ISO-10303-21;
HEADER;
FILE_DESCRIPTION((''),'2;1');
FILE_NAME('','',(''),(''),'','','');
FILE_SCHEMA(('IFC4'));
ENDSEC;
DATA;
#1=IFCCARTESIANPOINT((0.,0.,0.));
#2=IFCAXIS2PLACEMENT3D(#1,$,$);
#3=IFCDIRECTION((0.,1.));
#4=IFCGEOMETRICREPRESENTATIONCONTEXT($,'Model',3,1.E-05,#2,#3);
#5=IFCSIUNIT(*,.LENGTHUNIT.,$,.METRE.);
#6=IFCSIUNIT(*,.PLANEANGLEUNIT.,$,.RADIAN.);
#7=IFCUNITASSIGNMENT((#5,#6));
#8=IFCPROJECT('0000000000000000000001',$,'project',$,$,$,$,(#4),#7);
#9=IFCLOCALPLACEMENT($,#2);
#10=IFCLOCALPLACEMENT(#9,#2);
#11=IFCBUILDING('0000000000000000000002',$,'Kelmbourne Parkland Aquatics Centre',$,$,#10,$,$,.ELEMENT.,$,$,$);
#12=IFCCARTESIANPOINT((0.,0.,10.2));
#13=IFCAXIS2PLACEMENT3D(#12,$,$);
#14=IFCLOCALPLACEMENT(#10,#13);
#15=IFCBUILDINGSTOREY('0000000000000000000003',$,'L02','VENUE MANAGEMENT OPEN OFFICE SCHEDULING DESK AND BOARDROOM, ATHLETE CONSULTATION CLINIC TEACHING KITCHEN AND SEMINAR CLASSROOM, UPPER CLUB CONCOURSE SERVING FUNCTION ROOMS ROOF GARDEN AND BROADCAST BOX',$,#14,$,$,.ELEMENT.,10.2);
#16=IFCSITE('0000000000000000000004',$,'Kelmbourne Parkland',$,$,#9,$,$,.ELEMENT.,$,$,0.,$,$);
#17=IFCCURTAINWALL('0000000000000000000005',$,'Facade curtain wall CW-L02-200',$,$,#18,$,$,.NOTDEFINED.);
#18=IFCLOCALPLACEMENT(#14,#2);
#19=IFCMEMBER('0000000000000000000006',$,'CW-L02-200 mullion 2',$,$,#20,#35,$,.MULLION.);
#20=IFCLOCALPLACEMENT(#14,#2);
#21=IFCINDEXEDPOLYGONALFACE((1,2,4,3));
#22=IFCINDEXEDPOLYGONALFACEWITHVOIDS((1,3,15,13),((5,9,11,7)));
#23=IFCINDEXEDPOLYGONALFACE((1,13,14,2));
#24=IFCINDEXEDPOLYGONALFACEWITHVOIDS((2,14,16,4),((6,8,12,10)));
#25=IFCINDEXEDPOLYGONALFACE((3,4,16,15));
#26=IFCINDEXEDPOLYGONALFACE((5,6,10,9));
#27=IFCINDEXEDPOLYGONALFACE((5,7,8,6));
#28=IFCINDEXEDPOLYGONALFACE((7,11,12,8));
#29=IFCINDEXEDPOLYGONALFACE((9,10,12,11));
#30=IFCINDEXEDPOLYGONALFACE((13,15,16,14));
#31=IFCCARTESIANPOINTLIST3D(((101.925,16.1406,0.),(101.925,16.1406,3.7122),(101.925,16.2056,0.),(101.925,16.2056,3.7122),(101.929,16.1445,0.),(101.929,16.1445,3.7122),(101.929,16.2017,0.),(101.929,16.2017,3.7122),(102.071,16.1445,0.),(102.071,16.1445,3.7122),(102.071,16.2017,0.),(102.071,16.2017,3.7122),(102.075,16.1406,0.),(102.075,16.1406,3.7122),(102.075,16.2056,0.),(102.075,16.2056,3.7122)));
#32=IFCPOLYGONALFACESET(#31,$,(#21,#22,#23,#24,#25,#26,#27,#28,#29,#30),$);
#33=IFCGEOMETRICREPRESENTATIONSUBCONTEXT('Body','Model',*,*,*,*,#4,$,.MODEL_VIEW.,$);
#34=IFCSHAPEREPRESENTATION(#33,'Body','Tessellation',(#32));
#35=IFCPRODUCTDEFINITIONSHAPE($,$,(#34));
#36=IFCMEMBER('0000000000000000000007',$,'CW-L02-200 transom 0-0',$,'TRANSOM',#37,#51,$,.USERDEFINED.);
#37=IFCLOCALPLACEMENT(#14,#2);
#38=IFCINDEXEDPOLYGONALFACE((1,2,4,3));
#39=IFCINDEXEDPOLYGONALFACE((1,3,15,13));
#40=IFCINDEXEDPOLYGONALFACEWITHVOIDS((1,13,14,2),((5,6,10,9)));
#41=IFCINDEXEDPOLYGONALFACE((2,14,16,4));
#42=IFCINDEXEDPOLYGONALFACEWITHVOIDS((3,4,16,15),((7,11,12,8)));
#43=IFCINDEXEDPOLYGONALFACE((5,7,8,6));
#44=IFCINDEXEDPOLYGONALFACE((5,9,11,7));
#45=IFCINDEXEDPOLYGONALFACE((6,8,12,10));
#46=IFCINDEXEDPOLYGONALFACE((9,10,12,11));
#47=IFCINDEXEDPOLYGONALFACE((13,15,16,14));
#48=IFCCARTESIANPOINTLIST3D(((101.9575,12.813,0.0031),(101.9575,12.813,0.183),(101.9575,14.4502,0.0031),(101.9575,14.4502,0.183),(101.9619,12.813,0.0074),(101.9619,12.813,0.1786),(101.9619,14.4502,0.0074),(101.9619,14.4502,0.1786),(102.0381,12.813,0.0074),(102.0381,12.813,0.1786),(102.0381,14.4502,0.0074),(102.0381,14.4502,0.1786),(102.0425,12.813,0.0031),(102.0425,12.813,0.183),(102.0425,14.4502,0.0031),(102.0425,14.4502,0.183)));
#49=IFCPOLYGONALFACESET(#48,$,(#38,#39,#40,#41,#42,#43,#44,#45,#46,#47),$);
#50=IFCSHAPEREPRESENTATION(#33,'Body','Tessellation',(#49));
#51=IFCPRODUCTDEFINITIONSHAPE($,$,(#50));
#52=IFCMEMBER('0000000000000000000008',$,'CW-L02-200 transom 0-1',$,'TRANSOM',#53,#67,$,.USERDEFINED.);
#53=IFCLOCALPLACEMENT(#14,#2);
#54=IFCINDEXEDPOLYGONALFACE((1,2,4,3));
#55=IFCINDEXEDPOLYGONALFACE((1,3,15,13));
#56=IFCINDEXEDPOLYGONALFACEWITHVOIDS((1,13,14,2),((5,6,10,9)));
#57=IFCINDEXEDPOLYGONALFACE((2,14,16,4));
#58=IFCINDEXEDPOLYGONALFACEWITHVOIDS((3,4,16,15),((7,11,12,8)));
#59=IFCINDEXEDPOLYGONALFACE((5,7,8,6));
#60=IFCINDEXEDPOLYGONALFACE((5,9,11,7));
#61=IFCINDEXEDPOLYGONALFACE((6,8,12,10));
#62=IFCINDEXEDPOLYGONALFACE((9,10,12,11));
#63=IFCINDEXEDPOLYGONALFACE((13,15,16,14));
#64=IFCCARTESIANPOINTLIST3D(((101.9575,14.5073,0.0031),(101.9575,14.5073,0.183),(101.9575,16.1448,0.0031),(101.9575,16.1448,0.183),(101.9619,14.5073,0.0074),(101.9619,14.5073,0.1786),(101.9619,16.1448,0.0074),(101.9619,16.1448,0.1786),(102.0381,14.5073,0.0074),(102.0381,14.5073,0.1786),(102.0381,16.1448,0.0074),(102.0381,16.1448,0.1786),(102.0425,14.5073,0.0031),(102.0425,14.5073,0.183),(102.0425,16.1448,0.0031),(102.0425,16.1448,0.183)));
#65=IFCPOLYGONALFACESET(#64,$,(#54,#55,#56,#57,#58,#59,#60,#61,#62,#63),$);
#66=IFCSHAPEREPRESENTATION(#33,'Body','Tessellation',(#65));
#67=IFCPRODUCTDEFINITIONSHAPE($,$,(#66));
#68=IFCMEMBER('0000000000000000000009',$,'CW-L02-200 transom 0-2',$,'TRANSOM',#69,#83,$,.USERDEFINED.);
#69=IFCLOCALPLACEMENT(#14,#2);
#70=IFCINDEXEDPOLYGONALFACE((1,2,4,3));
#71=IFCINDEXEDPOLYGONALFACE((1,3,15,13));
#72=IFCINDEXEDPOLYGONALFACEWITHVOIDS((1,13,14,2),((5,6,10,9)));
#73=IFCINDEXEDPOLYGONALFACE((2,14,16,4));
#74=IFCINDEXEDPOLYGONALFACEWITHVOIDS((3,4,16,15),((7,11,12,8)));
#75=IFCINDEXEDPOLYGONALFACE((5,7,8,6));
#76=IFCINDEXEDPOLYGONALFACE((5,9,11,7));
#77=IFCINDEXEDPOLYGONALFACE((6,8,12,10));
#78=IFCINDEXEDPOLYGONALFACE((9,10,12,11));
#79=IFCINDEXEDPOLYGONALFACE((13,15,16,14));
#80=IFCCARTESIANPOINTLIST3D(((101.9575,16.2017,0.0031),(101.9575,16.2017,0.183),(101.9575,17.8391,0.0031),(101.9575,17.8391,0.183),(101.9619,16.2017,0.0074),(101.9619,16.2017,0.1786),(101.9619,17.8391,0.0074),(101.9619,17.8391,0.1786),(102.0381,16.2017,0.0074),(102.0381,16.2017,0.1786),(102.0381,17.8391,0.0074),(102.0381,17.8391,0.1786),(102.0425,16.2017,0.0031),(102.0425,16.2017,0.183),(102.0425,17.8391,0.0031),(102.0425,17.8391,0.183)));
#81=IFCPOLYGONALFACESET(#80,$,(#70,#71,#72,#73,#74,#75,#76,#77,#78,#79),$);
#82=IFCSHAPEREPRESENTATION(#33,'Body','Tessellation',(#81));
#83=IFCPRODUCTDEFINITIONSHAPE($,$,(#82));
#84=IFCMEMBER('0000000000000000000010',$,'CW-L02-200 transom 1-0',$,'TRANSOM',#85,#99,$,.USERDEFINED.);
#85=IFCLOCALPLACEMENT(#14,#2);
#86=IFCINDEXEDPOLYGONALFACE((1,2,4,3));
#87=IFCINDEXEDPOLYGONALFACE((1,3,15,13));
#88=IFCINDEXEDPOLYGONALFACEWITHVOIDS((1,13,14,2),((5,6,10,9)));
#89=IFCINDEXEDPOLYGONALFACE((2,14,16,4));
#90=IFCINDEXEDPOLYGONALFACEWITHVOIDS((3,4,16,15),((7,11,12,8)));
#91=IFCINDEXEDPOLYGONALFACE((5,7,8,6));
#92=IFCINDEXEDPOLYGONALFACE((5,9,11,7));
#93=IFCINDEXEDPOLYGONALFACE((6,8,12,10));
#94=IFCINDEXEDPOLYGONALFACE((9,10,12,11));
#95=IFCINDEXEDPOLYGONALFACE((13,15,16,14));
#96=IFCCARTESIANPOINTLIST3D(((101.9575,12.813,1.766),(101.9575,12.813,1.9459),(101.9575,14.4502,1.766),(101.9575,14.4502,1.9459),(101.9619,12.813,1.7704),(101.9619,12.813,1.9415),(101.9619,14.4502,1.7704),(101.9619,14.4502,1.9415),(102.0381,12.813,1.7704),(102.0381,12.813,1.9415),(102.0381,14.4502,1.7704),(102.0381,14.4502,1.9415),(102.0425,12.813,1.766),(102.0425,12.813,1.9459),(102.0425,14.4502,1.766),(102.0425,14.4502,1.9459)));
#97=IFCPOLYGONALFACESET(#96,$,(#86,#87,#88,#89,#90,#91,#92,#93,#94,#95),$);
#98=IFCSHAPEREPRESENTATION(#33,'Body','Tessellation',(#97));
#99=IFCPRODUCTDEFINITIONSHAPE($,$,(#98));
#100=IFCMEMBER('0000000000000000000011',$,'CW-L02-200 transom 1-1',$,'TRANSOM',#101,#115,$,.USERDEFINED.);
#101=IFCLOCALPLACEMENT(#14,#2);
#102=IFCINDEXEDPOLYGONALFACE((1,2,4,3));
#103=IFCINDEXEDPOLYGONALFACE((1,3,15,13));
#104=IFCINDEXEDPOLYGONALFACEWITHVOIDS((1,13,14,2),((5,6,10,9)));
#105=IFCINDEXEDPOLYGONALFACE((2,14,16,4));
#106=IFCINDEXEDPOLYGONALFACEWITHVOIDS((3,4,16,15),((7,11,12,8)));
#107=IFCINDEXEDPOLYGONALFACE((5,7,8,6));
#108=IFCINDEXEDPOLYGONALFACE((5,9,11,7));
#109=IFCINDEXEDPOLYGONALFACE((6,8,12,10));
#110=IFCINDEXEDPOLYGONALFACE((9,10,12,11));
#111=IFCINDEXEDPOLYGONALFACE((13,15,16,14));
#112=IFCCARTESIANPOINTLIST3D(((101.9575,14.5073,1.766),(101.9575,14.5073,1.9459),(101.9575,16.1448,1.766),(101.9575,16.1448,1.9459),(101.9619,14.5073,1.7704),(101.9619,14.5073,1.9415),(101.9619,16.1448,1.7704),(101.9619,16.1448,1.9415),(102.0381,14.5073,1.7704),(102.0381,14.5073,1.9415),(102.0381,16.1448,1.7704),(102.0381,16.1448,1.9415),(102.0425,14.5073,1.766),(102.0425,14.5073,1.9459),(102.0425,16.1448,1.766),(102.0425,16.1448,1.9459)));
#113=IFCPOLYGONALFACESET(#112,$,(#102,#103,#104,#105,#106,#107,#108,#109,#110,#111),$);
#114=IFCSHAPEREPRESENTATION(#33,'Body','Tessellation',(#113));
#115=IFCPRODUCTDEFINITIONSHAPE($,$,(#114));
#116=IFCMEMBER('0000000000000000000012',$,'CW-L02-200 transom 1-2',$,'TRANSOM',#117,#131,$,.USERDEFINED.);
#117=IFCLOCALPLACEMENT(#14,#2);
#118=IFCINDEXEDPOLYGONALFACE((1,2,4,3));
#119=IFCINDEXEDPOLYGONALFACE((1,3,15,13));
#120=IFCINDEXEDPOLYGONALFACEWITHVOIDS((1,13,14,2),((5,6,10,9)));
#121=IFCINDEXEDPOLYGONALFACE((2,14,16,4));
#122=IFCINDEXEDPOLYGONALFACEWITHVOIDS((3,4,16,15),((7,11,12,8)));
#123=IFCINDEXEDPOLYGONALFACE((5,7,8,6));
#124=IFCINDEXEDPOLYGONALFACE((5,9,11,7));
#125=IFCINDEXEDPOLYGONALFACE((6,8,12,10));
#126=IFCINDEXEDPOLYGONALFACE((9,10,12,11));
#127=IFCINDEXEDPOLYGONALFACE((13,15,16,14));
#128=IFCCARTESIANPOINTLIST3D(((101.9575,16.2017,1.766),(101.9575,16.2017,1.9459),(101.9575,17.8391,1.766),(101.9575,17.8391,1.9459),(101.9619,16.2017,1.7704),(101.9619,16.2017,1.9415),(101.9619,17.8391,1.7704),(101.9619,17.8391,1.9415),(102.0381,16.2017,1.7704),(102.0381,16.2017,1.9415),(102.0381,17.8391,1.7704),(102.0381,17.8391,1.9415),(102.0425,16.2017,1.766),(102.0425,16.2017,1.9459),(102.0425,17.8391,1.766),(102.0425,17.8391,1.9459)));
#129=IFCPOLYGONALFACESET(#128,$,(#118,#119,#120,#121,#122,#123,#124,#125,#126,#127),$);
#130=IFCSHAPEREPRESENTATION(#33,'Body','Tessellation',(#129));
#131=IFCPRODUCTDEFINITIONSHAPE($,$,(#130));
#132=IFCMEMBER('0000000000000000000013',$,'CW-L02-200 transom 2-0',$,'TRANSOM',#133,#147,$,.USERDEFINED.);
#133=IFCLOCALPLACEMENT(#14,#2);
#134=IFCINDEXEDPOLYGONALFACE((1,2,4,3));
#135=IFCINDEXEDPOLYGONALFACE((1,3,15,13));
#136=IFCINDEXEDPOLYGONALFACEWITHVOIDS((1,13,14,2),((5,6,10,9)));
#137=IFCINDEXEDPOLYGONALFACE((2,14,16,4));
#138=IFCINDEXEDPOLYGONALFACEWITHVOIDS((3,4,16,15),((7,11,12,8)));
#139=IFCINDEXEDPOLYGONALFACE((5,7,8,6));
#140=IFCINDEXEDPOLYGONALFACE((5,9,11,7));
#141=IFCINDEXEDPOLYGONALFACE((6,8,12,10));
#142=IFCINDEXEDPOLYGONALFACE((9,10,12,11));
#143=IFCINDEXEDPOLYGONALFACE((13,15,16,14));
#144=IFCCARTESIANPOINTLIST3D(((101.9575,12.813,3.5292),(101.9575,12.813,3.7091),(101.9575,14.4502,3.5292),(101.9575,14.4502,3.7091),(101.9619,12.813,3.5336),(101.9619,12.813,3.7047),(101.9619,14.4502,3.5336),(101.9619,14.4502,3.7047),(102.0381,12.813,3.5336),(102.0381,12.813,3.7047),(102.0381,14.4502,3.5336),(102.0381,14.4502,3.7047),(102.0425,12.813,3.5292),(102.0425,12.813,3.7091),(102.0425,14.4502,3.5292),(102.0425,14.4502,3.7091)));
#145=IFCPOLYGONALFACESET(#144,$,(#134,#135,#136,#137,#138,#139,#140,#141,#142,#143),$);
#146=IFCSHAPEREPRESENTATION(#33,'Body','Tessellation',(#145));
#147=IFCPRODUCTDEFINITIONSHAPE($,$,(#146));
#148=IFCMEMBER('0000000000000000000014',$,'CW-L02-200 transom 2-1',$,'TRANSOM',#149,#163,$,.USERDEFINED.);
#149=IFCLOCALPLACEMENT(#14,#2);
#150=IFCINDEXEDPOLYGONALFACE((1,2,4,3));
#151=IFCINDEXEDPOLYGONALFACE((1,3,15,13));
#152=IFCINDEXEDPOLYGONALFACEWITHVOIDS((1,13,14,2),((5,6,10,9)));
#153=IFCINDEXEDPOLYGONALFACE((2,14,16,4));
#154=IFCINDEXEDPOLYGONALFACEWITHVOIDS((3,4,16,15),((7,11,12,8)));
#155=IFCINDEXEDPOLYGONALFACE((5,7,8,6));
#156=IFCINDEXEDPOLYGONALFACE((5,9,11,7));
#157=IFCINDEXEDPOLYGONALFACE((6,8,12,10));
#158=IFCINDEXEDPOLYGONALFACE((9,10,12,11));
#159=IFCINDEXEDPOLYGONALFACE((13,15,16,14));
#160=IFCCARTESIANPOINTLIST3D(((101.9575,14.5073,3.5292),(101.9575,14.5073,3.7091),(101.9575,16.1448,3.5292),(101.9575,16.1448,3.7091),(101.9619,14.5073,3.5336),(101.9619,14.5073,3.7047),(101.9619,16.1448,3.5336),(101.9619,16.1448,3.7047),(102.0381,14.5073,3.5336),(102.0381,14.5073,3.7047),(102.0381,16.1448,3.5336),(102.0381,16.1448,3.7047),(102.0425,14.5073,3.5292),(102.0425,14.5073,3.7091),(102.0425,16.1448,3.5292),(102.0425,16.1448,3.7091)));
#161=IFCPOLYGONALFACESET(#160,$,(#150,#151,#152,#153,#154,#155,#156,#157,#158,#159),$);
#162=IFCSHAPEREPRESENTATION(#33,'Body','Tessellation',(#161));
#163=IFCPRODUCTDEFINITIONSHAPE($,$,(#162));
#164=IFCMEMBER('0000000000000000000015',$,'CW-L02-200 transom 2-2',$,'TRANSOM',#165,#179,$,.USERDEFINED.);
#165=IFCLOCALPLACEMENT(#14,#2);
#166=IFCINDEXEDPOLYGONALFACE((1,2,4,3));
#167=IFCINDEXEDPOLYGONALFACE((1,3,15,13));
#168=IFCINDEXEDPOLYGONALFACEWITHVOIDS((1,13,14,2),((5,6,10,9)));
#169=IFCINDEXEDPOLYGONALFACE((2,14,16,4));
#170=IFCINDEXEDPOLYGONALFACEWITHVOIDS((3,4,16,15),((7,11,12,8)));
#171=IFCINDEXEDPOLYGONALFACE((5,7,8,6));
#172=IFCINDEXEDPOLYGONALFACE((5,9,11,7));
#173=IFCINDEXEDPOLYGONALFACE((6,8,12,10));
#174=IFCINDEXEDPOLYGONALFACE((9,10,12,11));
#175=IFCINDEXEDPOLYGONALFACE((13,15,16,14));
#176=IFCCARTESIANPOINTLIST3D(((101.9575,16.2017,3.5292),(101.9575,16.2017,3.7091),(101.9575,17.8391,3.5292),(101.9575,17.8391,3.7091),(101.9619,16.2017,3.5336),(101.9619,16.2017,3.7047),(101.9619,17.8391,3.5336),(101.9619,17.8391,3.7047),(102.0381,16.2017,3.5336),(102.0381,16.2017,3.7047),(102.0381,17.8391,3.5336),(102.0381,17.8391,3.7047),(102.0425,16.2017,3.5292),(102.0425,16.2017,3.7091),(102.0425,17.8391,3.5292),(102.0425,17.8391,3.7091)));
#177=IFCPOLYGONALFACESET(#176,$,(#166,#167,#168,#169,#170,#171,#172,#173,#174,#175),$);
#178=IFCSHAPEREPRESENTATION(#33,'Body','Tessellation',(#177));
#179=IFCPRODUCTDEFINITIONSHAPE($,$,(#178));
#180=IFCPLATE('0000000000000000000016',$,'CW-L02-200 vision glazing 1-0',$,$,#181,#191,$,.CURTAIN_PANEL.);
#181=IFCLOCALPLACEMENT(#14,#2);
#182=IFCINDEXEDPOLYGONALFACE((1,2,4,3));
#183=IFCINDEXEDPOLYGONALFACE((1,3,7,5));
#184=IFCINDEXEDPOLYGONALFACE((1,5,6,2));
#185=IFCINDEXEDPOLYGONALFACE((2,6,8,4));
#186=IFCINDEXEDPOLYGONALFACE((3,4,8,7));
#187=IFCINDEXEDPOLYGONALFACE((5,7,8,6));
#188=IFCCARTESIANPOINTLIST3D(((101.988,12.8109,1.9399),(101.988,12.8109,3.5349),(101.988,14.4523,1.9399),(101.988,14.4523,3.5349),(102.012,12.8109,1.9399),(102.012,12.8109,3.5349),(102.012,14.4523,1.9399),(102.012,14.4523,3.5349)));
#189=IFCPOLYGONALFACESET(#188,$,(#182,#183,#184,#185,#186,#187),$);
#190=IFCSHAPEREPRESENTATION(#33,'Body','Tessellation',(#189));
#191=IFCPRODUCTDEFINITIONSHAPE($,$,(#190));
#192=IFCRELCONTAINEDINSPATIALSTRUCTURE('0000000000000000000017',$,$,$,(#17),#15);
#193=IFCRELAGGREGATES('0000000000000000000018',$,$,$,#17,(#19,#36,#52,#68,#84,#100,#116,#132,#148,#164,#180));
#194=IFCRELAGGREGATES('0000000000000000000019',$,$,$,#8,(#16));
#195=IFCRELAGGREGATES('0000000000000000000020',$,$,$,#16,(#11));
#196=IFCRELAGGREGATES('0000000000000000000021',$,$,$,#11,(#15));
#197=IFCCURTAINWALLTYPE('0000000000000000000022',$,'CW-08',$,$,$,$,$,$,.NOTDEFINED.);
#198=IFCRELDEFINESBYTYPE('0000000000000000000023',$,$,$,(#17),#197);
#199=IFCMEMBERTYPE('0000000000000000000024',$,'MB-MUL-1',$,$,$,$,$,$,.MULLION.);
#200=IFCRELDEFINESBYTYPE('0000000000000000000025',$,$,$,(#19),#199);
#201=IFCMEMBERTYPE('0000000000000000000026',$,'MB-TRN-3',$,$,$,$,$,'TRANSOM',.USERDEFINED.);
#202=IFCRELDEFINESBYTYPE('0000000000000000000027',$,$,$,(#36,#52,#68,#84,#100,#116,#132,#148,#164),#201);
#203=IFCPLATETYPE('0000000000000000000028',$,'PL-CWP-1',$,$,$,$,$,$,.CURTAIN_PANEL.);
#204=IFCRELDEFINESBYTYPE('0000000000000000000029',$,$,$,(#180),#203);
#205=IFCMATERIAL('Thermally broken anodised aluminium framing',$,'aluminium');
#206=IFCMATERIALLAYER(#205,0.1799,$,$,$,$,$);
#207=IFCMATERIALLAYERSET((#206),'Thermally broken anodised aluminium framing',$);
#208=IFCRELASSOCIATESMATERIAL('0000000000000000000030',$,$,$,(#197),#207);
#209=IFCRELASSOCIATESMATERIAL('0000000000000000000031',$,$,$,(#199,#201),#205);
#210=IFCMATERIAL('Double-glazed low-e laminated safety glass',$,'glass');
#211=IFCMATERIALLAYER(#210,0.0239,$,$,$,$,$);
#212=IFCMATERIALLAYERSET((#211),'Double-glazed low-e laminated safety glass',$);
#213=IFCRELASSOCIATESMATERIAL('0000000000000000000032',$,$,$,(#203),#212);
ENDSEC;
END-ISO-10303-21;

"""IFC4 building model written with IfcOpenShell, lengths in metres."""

from ifc_helpers import new_model, si_unit, direction, frame, origin, origin_2d, place, context, subcontext, project, spatial, rectangle, hollow_rectangle, extrude, material, layer, layer_set, material_profile, profile_set, type_object, element, aggregate, save


model = new_model("IFC4")

# Units and contexts
model_context = context("Model", 3, precision=1e-05, world=origin(), true_north=direction((0.0, 1.0)))
body_context = subcontext(model_context, "Body", "Model", "MODEL_VIEW")
ifc_project = project(units=[si_unit("LENGTHUNIT", "METRE"), si_unit("PLANEANGLEUNIT", "RADIAN")], contexts=[model_context])

# Site, building, storey
site_placement = place(None, origin())
site = spatial("IfcSite", under=ifc_project, at=site_placement, Name="Kelmbourne Parkland", CompositionType="ELEMENT", RefElevation=0.0)
building_placement = place(site_placement, origin())
building = spatial("IfcBuilding", under=site, at=building_placement, Name="Kelmbourne Parkland Aquatics Centre", CompositionType="ELEMENT")
storey_placement = place(building_placement, frame((0.0, 0.0, 10.2)))
storey = spatial("IfcBuildingStorey", under=building, at=storey_placement, Name="L02", Description="VENUE MANAGEMENT OPEN OFFICE SCHEDULING DESK AND BOARDROOM, ATHLETE CONSULTATION CLINIC TEACHING KITCHEN AND SEMINAR CLASSROOM, UPPER CLUB CONCOURSE SERVING FUNCTION ROOMS ROOF GARDEN AND BROADCAST BOX", CompositionType="ELEMENT", Elevation=10.2)

# Curtain wall, members, plate
ifc_material_1 = material(Name="Thermally broken anodised aluminium framing", Category="aluminium")
ifc_layer_1 = layer(ifc_material_1, 0.1799)
ifc_layer_set_1 = layer_set([ifc_layer_1], Name="Thermally broken anodised aluminium framing")
curtain_wall_type = type_object("IfcCurtainWallType", Name="CW-08", PredefinedType="NOTDEFINED", material=ifc_layer_set_1)
curtain_wall_placement = place(storey_placement, origin())
curtain_wall = element("IfcCurtainWall", 1, at=curtain_wall_placement, inside=storey, type_object=curtain_wall_type, Name="Facade curtain wall CW-L02-200", PredefinedType="NOTDEFINED")
ifc_material_profile_1 = material_profile(ifc_material_1, hollow_rectangle(XDim=0.0649, YDim=0.1499, WallThickness=0.0039, at=origin_2d()), Name="CW-M 65x150")
ifc_profile_set_1 = profile_set([ifc_material_profile_1], Name="Thermally broken anodised aluminium framing")
member_type_1 = type_object("IfcMemberType", Name="MB-MUL-1", PredefinedType="MULLION", material=ifc_profile_set_1)
member_1_placement = place(storey_placement, frame((102.0, 16.1731, 0.0), z_axis=(0.0, 0.0, 1.0), x_axis=(0.0, 1.0, 0.0)))
member_1 = element("IfcMember", 2, at=member_1_placement, type_object=member_type_1, Name="CW-L02-200 mullion 2", PredefinedType="MULLION", context=body_context, shape_type="SweptSolid", body=[
    extrude(hollow_rectangle(XDim=0.0649, YDim=0.1499, WallThickness=0.0039, at=origin_2d()), origin(), (0.0, 0.0, 1.0), 3.7122),
])
ifc_material_profile_2 = material_profile(ifc_material_1, hollow_rectangle(XDim=0.085, YDim=0.1799, WallThickness=0.0044, at=origin_2d()), Name="CW-T 85x180")
ifc_profile_set_2 = profile_set([ifc_material_profile_2], Name="Thermally broken anodised aluminium framing")
member_type_2 = type_object("IfcMemberType", Name="MB-TRN-3", ElementType="TRANSOM", PredefinedType="USERDEFINED", material=ifc_profile_set_2)
member_2_placement = place(storey_placement, frame((102.0, 12.813, 0.093), z_axis=(0.0, 1.0, 0.0), x_axis=(-1.0, 0.0, 0.0)))
member_2 = element("IfcMember", 3, at=member_2_placement, type_object=member_type_2, Name="CW-L02-200 transom 0-0", ObjectType="TRANSOM", PredefinedType="USERDEFINED", context=body_context, shape_type="SweptSolid", body=[
    extrude(hollow_rectangle(XDim=0.085, YDim=0.1799, WallThickness=0.0044, at=origin_2d()), origin(), (0.0, 0.0, 1.0), 1.6372),
])
member_3_placement = place(storey_placement, frame((102.0, 14.5073, 0.093), z_axis=(0.0, 1.0, 0.0), x_axis=(-1.0, 0.0, 0.0)))
member_3 = element("IfcMember", 4, at=member_3_placement, type_object=member_type_2, Name="CW-L02-200 transom 0-1", ObjectType="TRANSOM", PredefinedType="USERDEFINED", context=body_context, shape_type="SweptSolid", body=[
    extrude(hollow_rectangle(XDim=0.085, YDim=0.1799, WallThickness=0.0044, at=origin_2d()), origin(), (0.0, 0.0, 1.0), 1.6375),
])
member_4_placement = place(storey_placement, frame((102.0, 16.2017, 0.093), z_axis=(0.0, 1.0, 0.0), x_axis=(-1.0, 0.0, 0.0)))
member_4 = element("IfcMember", 5, at=member_4_placement, type_object=member_type_2, Name="CW-L02-200 transom 0-2", ObjectType="TRANSOM", PredefinedType="USERDEFINED", context=body_context, shape_type="SweptSolid", body=[
    extrude(hollow_rectangle(XDim=0.085, YDim=0.1799, WallThickness=0.0044, at=origin_2d()), origin(), (0.0, 0.0, 1.0), 1.6375),
])
member_5_placement = place(storey_placement, frame((102.0, 12.813, 1.856), z_axis=(0.0, 1.0, 0.0), x_axis=(-1.0, 0.0, 0.0)))
member_5 = element("IfcMember", 6, at=member_5_placement, type_object=member_type_2, Name="CW-L02-200 transom 1-0", ObjectType="TRANSOM", PredefinedType="USERDEFINED", context=body_context, shape_type="SweptSolid", body=[
    extrude(hollow_rectangle(XDim=0.085, YDim=0.1799, WallThickness=0.0044, at=origin_2d()), origin(), (0.0, 0.0, 1.0), 1.6372),
])
member_6_placement = place(storey_placement, frame((102.0, 14.5073, 1.856), z_axis=(0.0, 1.0, 0.0), x_axis=(-1.0, 0.0, 0.0)))
member_6 = element("IfcMember", 7, at=member_6_placement, type_object=member_type_2, Name="CW-L02-200 transom 1-1", ObjectType="TRANSOM", PredefinedType="USERDEFINED", context=body_context, shape_type="SweptSolid", body=[
    extrude(hollow_rectangle(XDim=0.085, YDim=0.1799, WallThickness=0.0044, at=origin_2d()), origin(), (0.0, 0.0, 1.0), 1.6375),
])
member_7_placement = place(storey_placement, frame((102.0, 16.2017, 1.856), z_axis=(0.0, 1.0, 0.0), x_axis=(-1.0, 0.0, 0.0)))
member_7 = element("IfcMember", 8, at=member_7_placement, type_object=member_type_2, Name="CW-L02-200 transom 1-2", ObjectType="TRANSOM", PredefinedType="USERDEFINED", context=body_context, shape_type="SweptSolid", body=[
    extrude(hollow_rectangle(XDim=0.085, YDim=0.1799, WallThickness=0.0044, at=origin_2d()), origin(), (0.0, 0.0, 1.0), 1.6375),
])
member_8_placement = place(storey_placement, frame((102.0, 12.813, 3.6191), z_axis=(0.0, 1.0, 0.0), x_axis=(-1.0, 0.0, 0.0)))
member_8 = element("IfcMember", 9, at=member_8_placement, type_object=member_type_2, Name="CW-L02-200 transom 2-0", ObjectType="TRANSOM", PredefinedType="USERDEFINED", context=body_context, shape_type="SweptSolid", body=[
    extrude(hollow_rectangle(XDim=0.085, YDim=0.1799, WallThickness=0.0044, at=origin_2d()), origin(), (0.0, 0.0, 1.0), 1.6372),
])
member_9_placement = place(storey_placement, frame((102.0, 14.5073, 3.6191), z_axis=(0.0, 1.0, 0.0), x_axis=(-1.0, 0.0, 0.0)))
member_9 = element("IfcMember", 10, at=member_9_placement, type_object=member_type_2, Name="CW-L02-200 transom 2-1", ObjectType="TRANSOM", PredefinedType="USERDEFINED", context=body_context, shape_type="SweptSolid", body=[
    extrude(hollow_rectangle(XDim=0.085, YDim=0.1799, WallThickness=0.0044, at=origin_2d()), origin(), (0.0, 0.0, 1.0), 1.6375),
])
member_10_placement = place(storey_placement, frame((102.0, 16.2017, 3.6191), z_axis=(0.0, 1.0, 0.0), x_axis=(-1.0, 0.0, 0.0)))
member_10 = element("IfcMember", 11, at=member_10_placement, type_object=member_type_2, Name="CW-L02-200 transom 2-2", ObjectType="TRANSOM", PredefinedType="USERDEFINED", context=body_context, shape_type="SweptSolid", body=[
    extrude(hollow_rectangle(XDim=0.085, YDim=0.1799, WallThickness=0.0044, at=origin_2d()), origin(), (0.0, 0.0, 1.0), 1.6375),
])
ifc_material_2 = material(Name="Double-glazed low-e laminated safety glass", Category="glass")
ifc_layer_2 = layer(ifc_material_2, 0.0239)
ifc_layer_set_2 = layer_set([ifc_layer_2], Name="Double-glazed low-e laminated safety glass")
plate_type_1 = type_object("IfcPlateType", Name="PL-CWP-1", PredefinedType="CURTAIN_PANEL", material=ifc_layer_set_2)
plate_1_placement = place(storey_placement, frame((102.0, 13.6316, 1.9399), z_axis=(0.0, 0.0, 1.0), x_axis=(0.0, 1.0, 0.0)))
plate_1 = element("IfcPlate", 12, at=plate_1_placement, type_object=plate_type_1, Name="CW-L02-200 vision glazing 1-0", PredefinedType="CURTAIN_PANEL", context=body_context, shape_type="SweptSolid", body=[
    extrude(rectangle(XDim=1.6414, YDim=0.0239, at=origin_2d()), origin(), (0.0, 0.0, 1.0), 1.595),
])
aggregate(curtain_wall, [member_1, member_2, member_3, member_4, member_5, member_6, member_7, member_8, member_9, member_10, plate_1])

save(model, "model.ifc")
